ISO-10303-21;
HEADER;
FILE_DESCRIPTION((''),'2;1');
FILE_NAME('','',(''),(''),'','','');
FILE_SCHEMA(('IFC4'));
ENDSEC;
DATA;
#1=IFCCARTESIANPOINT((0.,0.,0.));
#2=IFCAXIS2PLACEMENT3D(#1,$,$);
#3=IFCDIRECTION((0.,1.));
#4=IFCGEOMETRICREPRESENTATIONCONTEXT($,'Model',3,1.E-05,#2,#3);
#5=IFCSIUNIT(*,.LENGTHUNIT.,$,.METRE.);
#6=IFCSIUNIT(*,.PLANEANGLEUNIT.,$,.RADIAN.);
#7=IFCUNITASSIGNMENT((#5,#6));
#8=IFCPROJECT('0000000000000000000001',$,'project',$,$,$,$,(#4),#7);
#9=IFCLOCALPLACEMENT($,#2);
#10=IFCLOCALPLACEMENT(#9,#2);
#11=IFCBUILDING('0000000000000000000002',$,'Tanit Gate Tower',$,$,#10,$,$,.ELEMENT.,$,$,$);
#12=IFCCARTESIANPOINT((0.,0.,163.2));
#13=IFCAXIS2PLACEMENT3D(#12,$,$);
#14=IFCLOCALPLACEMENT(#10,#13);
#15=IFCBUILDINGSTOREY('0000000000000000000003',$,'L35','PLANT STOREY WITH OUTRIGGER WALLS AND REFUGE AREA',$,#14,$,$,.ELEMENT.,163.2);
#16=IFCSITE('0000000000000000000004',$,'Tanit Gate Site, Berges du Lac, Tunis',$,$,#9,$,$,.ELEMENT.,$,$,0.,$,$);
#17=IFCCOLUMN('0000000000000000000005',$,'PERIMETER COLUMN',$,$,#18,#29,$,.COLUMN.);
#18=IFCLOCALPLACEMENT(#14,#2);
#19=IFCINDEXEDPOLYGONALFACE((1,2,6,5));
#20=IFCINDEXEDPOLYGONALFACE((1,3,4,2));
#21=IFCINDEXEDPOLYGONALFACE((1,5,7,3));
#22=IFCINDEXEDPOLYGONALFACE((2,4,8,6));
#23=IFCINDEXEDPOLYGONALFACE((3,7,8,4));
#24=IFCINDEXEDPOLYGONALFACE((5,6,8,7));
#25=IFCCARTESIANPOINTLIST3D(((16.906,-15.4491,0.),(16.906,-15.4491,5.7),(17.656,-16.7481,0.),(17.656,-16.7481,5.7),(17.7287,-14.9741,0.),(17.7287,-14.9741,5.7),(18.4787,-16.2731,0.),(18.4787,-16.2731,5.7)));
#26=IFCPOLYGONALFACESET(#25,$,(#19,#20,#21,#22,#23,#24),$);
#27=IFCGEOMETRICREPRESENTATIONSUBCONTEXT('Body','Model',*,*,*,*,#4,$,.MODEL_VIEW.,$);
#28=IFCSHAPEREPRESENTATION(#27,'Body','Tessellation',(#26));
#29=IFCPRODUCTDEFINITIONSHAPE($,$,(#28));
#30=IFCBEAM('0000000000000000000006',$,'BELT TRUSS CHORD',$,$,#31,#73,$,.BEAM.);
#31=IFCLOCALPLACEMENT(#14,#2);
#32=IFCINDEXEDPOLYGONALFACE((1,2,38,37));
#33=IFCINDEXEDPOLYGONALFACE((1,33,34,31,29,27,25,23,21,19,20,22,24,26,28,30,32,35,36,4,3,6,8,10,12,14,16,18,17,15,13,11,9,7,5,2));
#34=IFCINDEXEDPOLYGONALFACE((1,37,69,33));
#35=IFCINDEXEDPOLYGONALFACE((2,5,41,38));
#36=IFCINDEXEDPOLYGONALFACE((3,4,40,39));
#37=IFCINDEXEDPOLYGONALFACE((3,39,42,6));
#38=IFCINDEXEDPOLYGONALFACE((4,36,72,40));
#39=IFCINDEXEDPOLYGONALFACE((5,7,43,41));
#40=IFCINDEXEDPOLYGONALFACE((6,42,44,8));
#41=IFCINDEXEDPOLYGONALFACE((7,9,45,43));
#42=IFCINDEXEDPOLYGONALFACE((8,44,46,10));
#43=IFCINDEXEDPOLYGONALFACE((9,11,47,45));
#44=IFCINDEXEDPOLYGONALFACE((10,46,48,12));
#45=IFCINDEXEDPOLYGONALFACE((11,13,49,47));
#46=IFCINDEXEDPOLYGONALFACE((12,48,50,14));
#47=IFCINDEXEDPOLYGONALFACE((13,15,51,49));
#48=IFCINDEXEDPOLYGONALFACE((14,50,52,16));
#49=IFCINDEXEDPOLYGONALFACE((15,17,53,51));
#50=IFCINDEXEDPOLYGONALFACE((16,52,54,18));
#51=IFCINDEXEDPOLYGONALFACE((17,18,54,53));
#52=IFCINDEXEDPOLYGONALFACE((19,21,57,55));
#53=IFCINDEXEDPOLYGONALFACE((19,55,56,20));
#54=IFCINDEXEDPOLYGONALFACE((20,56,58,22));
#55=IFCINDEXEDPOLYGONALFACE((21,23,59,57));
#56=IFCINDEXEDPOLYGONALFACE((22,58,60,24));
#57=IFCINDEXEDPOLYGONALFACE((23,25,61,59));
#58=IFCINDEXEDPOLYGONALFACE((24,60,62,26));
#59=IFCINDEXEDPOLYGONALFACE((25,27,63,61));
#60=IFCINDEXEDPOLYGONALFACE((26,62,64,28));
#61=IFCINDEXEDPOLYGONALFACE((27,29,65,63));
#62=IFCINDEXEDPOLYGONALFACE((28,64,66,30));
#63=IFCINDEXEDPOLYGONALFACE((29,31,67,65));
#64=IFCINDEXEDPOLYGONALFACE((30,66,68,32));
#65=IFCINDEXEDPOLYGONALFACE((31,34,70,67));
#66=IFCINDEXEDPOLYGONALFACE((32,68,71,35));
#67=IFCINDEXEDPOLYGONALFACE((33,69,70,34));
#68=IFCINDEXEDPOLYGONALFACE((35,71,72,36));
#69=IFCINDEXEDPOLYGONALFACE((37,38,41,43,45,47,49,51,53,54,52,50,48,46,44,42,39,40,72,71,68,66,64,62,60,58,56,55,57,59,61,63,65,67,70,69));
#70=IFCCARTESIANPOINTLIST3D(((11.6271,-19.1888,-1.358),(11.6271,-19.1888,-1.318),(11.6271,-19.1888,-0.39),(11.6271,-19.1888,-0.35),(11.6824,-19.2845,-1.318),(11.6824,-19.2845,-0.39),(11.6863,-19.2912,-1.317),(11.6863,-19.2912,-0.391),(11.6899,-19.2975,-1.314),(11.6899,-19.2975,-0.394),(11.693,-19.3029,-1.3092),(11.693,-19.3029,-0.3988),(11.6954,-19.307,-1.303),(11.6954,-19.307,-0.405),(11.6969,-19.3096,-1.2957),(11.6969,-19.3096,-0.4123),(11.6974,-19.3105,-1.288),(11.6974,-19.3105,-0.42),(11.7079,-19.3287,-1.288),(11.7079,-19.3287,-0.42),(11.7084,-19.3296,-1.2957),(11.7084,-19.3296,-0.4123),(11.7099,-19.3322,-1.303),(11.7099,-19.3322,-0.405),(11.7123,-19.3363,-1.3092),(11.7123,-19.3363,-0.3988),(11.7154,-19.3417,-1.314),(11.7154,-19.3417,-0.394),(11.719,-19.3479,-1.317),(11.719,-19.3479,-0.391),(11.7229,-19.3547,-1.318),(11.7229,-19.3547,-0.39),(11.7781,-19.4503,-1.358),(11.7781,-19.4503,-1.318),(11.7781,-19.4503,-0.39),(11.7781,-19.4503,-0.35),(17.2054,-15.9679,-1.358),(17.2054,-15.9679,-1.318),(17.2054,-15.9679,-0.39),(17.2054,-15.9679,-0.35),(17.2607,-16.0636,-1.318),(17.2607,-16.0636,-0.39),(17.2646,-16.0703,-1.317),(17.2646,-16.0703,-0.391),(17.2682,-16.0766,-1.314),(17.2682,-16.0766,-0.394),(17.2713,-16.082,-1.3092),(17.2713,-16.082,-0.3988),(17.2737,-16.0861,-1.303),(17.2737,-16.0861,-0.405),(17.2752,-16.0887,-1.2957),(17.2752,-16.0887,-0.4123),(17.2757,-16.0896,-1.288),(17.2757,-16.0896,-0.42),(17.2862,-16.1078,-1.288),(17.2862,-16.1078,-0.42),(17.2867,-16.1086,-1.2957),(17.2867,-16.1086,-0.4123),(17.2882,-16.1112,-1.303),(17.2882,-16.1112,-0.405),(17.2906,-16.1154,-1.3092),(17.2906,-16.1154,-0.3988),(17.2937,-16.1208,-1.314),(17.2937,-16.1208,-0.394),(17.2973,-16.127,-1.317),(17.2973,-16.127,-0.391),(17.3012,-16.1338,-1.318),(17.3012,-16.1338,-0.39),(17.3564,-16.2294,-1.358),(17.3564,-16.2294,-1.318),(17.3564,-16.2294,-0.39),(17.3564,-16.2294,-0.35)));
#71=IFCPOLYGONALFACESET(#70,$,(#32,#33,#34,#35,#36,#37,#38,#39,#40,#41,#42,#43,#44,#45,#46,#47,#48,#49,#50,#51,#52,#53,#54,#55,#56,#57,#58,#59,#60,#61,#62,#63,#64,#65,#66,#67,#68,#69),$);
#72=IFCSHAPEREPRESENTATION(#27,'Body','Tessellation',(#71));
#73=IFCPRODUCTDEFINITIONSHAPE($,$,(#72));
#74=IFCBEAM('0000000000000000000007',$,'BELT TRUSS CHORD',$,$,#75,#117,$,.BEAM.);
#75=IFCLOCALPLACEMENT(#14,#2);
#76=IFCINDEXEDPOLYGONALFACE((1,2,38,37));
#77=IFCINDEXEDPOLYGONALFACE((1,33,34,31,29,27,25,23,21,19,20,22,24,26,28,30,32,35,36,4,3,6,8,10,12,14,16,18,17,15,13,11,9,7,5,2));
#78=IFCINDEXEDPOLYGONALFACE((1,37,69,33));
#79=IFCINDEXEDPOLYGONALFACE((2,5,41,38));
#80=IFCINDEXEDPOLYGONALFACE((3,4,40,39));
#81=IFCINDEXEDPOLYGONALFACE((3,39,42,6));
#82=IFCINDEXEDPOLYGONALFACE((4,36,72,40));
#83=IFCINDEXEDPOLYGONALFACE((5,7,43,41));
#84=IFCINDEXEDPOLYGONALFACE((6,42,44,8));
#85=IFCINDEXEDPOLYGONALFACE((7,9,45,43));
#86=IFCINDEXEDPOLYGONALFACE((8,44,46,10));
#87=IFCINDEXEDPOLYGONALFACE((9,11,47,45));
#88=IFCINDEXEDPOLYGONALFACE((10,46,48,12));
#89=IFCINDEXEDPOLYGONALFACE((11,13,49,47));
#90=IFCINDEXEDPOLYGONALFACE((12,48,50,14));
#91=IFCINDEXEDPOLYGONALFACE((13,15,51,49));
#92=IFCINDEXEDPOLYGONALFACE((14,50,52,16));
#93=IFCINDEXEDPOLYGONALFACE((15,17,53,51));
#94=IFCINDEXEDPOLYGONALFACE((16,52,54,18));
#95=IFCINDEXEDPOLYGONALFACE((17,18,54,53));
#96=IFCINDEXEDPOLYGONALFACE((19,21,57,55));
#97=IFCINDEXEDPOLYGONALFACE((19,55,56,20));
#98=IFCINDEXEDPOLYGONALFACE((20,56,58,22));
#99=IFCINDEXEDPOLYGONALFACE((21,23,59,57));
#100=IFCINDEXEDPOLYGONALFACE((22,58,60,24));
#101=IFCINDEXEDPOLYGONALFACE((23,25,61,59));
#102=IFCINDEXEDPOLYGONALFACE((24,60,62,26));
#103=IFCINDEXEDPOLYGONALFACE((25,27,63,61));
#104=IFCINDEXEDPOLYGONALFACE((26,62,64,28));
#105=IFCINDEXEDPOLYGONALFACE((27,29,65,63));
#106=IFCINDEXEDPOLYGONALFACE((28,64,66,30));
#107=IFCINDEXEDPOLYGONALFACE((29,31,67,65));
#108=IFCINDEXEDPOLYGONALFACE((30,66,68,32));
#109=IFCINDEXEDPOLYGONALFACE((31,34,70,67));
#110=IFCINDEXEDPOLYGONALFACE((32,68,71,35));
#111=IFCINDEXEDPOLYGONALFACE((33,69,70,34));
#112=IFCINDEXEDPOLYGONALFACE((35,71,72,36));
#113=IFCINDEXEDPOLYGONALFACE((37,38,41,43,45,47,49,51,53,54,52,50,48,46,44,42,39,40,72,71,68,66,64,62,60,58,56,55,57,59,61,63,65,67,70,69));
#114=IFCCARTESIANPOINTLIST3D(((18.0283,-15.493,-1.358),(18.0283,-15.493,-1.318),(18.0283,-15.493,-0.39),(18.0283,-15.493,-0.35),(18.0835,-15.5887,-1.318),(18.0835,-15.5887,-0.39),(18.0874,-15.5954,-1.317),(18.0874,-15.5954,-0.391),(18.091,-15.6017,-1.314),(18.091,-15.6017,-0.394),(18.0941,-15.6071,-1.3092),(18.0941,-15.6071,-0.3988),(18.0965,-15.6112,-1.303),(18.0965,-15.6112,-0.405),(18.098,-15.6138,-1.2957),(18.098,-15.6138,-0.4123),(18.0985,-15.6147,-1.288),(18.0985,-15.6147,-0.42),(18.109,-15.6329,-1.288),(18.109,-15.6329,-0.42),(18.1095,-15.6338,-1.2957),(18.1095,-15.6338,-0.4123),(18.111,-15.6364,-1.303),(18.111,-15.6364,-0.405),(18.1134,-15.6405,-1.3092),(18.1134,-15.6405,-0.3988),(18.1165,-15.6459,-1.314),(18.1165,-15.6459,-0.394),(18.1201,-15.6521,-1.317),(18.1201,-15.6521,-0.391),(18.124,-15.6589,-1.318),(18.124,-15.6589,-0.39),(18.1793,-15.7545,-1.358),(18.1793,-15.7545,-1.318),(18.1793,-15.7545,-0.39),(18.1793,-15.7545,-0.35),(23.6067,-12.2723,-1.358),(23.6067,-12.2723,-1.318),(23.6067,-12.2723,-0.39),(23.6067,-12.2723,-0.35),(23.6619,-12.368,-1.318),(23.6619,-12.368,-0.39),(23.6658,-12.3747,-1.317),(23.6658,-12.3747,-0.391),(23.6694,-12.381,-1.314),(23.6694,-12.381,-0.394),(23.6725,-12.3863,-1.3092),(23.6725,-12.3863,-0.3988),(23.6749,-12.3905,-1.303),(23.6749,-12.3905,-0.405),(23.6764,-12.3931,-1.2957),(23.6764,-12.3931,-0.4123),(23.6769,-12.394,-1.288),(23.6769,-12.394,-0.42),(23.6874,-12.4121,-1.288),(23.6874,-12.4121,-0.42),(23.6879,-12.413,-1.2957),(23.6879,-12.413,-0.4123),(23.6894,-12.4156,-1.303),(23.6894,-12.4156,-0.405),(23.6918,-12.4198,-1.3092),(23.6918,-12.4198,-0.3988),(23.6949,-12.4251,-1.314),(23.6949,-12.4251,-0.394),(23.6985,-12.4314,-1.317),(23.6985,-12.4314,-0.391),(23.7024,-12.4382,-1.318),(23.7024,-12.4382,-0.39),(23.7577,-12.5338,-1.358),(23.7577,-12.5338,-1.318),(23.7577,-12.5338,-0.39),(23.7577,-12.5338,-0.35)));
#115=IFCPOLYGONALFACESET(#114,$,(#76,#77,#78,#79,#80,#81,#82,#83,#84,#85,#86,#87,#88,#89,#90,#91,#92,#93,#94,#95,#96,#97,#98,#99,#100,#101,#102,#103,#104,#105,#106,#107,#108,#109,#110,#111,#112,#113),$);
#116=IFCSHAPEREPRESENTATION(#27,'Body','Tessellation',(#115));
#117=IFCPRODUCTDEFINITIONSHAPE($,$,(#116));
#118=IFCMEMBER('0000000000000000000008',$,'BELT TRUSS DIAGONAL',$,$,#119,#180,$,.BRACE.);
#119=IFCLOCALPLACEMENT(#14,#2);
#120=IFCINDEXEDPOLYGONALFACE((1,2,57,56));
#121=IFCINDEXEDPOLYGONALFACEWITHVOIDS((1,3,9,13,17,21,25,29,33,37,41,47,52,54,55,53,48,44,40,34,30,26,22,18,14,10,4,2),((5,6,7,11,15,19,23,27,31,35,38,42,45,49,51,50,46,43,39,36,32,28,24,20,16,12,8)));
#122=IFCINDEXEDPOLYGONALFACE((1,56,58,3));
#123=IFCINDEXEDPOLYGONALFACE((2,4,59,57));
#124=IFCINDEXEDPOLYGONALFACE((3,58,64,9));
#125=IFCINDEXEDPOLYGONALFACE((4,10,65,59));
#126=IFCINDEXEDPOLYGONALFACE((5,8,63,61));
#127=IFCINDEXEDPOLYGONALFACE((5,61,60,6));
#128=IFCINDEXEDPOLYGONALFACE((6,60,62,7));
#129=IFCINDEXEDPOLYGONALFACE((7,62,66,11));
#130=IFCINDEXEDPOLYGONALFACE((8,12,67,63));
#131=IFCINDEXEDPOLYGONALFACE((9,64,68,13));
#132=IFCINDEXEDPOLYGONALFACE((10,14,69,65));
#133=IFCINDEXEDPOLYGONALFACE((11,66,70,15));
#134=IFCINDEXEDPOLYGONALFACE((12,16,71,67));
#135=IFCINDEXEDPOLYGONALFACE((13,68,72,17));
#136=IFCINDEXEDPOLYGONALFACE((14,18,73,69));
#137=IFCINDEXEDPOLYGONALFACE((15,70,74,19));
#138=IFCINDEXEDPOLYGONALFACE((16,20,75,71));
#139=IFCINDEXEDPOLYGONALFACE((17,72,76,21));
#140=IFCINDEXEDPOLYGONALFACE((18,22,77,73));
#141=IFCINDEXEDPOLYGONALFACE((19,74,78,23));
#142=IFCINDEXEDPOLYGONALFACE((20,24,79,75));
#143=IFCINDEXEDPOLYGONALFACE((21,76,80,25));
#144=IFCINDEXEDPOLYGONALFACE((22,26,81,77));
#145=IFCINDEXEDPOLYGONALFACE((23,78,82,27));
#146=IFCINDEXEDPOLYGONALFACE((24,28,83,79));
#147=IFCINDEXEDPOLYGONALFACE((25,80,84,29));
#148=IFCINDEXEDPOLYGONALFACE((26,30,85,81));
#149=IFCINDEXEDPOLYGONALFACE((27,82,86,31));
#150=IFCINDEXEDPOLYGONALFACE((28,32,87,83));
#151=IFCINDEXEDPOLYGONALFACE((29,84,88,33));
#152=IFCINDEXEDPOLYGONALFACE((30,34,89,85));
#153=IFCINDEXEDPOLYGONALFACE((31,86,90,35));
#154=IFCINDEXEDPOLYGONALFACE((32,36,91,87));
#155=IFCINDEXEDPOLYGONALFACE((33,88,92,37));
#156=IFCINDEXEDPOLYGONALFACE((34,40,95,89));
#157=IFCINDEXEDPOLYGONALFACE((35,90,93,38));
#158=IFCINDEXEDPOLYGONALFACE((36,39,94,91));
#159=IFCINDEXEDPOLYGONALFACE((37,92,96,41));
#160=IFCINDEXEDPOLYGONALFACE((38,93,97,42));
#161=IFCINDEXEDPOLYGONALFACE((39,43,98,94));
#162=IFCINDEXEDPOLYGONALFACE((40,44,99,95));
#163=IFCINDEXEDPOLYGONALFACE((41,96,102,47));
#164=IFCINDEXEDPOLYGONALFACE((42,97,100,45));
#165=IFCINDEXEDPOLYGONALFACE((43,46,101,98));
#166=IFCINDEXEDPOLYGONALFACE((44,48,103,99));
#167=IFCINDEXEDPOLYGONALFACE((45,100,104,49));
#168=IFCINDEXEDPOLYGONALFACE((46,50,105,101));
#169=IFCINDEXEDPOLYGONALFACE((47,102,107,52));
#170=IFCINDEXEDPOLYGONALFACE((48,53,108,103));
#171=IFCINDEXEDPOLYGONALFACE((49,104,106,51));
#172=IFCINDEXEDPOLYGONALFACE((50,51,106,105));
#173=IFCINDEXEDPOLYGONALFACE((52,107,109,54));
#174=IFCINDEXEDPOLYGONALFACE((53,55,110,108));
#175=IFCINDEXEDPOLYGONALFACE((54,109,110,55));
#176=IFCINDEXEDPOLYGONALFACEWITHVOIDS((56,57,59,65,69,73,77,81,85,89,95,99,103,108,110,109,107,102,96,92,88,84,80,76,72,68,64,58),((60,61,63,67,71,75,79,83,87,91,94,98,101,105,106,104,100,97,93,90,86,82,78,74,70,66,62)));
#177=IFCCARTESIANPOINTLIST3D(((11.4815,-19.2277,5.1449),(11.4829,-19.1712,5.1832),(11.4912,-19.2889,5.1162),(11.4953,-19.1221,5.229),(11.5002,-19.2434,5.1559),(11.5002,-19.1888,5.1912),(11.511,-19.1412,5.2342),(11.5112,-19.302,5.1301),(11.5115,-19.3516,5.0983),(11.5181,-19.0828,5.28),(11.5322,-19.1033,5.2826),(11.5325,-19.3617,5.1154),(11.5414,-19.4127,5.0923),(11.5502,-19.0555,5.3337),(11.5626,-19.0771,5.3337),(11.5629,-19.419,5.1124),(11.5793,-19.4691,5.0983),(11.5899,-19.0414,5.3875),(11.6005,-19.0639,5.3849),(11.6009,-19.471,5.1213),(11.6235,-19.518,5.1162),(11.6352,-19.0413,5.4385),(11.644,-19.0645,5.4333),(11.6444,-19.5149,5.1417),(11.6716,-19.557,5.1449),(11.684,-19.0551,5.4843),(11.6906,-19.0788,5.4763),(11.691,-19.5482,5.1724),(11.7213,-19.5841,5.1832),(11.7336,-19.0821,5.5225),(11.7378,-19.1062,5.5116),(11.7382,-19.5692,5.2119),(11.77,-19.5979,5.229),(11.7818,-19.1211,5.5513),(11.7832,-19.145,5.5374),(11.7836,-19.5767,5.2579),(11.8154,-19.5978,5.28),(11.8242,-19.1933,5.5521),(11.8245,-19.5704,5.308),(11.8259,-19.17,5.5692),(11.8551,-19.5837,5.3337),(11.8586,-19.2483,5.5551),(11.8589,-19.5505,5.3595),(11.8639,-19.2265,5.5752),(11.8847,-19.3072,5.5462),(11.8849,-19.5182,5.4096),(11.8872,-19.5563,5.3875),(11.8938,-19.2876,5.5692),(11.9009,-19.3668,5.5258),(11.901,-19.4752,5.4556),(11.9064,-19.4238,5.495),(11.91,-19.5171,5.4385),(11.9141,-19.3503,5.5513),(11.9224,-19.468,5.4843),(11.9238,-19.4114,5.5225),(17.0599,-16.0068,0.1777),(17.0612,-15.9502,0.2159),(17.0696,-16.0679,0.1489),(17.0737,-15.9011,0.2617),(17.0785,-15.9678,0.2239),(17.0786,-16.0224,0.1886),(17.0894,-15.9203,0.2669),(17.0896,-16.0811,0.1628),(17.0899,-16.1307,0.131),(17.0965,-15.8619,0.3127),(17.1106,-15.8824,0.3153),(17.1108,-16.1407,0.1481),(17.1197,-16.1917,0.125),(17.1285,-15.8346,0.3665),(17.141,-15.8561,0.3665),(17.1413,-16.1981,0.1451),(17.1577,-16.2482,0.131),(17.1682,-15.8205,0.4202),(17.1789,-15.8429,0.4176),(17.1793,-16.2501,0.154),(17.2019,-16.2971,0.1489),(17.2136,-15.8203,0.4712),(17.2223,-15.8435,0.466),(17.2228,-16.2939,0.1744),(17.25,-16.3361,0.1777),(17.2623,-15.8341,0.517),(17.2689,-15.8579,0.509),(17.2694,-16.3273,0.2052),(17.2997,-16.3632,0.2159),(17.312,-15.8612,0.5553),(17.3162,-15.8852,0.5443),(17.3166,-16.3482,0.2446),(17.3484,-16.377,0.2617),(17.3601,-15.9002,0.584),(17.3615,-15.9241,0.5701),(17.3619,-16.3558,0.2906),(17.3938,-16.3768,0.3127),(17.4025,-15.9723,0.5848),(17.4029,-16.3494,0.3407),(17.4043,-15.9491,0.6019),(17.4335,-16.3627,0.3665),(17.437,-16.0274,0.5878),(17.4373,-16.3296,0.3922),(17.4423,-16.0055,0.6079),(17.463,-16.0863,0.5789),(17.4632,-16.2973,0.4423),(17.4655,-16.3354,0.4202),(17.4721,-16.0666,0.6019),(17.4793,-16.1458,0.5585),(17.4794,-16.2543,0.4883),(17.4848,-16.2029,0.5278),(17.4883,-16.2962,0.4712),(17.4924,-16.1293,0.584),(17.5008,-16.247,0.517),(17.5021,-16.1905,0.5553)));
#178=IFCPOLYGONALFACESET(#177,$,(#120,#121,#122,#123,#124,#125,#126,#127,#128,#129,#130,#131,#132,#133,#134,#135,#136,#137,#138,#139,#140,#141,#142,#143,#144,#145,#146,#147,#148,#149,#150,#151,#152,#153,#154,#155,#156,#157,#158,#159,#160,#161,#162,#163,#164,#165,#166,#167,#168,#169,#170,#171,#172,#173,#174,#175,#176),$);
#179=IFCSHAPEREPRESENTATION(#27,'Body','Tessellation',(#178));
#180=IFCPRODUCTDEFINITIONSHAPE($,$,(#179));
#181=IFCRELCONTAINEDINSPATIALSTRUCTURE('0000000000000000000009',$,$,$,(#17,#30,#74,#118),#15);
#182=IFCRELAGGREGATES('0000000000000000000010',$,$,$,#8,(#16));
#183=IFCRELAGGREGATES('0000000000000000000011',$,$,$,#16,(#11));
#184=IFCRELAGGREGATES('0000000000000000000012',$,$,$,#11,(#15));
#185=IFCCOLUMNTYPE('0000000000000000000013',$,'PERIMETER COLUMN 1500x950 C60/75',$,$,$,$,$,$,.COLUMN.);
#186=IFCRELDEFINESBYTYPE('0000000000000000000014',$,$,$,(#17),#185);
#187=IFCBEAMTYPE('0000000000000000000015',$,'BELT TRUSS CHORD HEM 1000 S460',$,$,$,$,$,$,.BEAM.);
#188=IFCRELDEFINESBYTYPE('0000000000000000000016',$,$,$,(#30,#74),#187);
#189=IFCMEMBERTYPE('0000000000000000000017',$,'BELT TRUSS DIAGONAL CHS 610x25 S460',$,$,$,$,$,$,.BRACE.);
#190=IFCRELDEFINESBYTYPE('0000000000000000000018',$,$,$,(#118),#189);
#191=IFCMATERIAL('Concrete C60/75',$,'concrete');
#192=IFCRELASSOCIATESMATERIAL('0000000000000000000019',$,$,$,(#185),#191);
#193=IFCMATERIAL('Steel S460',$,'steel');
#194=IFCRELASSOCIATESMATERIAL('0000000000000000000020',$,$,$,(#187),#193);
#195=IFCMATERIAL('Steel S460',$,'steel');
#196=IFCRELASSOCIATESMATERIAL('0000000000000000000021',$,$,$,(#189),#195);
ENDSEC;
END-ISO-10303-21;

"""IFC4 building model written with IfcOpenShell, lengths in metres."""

from ifc_helpers import new_model, si_unit, direction, frame, origin, origin_2d, place, context, subcontext, project, spatial, rectangle, hollow_circle, i_section, extrude, material, material_profile, profile_set, type_object, element, save


model = new_model("IFC4")

# Units and contexts
model_context = context("Model", 3, precision=1e-05, world=origin(), true_north=direction((0.0, 1.0)))
body_context = subcontext(model_context, "Body", "Model", "MODEL_VIEW")
ifc_project = project(units=[si_unit("LENGTHUNIT", "METRE"), si_unit("PLANEANGLEUNIT", "RADIAN")], contexts=[model_context])

# Site, building, storey
site_placement = place(None, origin())
site = spatial("IfcSite", under=ifc_project, at=site_placement, Name="Tanit Gate Site, Berges du Lac, Tunis", CompositionType="ELEMENT", RefElevation=0.0)
building_placement = place(site_placement, origin())
building = spatial("IfcBuilding", under=site, at=building_placement, Name="Tanit Gate Tower", CompositionType="ELEMENT")
storey_placement = place(building_placement, frame((0.0, 0.0, 163.2)))
storey = spatial("IfcBuildingStorey", under=building, at=storey_placement, Name="L35", Description="PLANT STOREY WITH OUTRIGGER WALLS AND REFUGE AREA", CompositionType="ELEMENT", Elevation=163.2)

# Column
ifc_material_1 = material(Name="Concrete C60/75", Category="concrete")
ifc_material_profile_1 = material_profile(ifc_material_1, rectangle(XDim=1.5, YDim=0.95, at=origin_2d()), Name="RC 1500x950")
ifc_profile_set_1 = profile_set([ifc_material_profile_1], Name="Concrete C60/75")
column_type = type_object("IfcColumnType", Name="PERIMETER COLUMN 1500x950 C60/75", PredefinedType="COLUMN", material=ifc_profile_set_1)
column_placement = place(storey_placement, frame((17.6924, -15.8611, 0.0), z_axis=(0.0, 0.0, 1.0), x_axis=(0.5, -0.866025, 0.0)))
element("IfcColumn", 1, at=column_placement, inside=storey, type_object=column_type, Name="PERIMETER COLUMN", PredefinedType="COLUMN", context=body_context, shape_type="SweptSolid", body=[
    extrude(rectangle(XDim=1.5, YDim=0.95, at=origin_2d()), origin(), (0.0, 0.0, 1.0), 5.7),
])

# Beams
ifc_material_2 = material(Name="Steel S460", Category="steel")
ifc_material_profile_2 = material_profile(ifc_material_2, i_section(OverallWidth=0.302, OverallDepth=1.0081, WebThickness=0.021, FlangeThickness=0.04, FilletRadius=0.03, at=origin_2d()), Name="HEM 1000")
ifc_profile_set_2 = profile_set([ifc_material_profile_2], Name="Steel S460")
beam_type_1 = type_object("IfcBeamType", Name="BELT TRUSS CHORD HEM 1000 S460", PredefinedType="BEAM", material=ifc_profile_set_2)
for number, where, z_axis, x_axis, name in (
    (2, (11.7026, -19.3196, -0.854), (0.866007, 0.500032, 0.0), (-0.500032, 0.866007, 0.0), "BELT TRUSS CHORD"),
    (3, (18.1038, -15.6238, -0.854), (0.866023, 0.500004, 0.0), (-0.500004, 0.866023, 0.0), "BELT TRUSS CHORD"),
):
    element("IfcBeam", number, at=place(storey_placement, frame(where, z_axis=z_axis, x_axis=x_axis)), inside=storey, type_object=beam_type_1, Name=name, PredefinedType="BEAM", context=body_context, shape_type="SweptSolid", body=[
        extrude(i_section(OverallWidth=0.302, OverallDepth=1.0081, WebThickness=0.021, FlangeThickness=0.04, FilletRadius=0.03, at=origin_2d()), origin(), (0.0, 0.0, 1.0), 6.4414),
    ])

# Member
ifc_material_3 = material(Name="Steel S460", Category="steel")
ifc_material_profile_3 = material_profile(ifc_material_3, hollow_circle(Radius=0.3049, WallThickness=0.0249, at=origin_2d()), Name="CHS 610x25")
ifc_profile_set_3 = profile_set([ifc_material_profile_3], Name="Steel S460")
member_type = type_object("IfcMemberType", Name="BELT TRUSS DIAGONAL CHS 610x25 S460", PredefinedType="BRACE", material=ifc_profile_set_3)
for number, where, z_axis, x_axis, name in (
    (4, (11.7026, -19.3196, 5.3337), (0.685785, 0.395972, -0.61066), (-0.500032, 0.866007, 0.0), "BELT TRUSS DIAGONAL"),
):
    element("IfcMember", number, at=place(storey_placement, frame(where, z_axis=z_axis, x_axis=x_axis)), inside=storey, type_object=member_type, Name=name, PredefinedType="BRACE", context=body_context, shape_type="SweptSolid", body=[
        extrude(hollow_circle(Radius=0.3049, WallThickness=0.0249, at=origin_2d()), origin(), (0.0, 0.0, 1.0), 8.1343),
    ])

save(model, "model.ifc")
